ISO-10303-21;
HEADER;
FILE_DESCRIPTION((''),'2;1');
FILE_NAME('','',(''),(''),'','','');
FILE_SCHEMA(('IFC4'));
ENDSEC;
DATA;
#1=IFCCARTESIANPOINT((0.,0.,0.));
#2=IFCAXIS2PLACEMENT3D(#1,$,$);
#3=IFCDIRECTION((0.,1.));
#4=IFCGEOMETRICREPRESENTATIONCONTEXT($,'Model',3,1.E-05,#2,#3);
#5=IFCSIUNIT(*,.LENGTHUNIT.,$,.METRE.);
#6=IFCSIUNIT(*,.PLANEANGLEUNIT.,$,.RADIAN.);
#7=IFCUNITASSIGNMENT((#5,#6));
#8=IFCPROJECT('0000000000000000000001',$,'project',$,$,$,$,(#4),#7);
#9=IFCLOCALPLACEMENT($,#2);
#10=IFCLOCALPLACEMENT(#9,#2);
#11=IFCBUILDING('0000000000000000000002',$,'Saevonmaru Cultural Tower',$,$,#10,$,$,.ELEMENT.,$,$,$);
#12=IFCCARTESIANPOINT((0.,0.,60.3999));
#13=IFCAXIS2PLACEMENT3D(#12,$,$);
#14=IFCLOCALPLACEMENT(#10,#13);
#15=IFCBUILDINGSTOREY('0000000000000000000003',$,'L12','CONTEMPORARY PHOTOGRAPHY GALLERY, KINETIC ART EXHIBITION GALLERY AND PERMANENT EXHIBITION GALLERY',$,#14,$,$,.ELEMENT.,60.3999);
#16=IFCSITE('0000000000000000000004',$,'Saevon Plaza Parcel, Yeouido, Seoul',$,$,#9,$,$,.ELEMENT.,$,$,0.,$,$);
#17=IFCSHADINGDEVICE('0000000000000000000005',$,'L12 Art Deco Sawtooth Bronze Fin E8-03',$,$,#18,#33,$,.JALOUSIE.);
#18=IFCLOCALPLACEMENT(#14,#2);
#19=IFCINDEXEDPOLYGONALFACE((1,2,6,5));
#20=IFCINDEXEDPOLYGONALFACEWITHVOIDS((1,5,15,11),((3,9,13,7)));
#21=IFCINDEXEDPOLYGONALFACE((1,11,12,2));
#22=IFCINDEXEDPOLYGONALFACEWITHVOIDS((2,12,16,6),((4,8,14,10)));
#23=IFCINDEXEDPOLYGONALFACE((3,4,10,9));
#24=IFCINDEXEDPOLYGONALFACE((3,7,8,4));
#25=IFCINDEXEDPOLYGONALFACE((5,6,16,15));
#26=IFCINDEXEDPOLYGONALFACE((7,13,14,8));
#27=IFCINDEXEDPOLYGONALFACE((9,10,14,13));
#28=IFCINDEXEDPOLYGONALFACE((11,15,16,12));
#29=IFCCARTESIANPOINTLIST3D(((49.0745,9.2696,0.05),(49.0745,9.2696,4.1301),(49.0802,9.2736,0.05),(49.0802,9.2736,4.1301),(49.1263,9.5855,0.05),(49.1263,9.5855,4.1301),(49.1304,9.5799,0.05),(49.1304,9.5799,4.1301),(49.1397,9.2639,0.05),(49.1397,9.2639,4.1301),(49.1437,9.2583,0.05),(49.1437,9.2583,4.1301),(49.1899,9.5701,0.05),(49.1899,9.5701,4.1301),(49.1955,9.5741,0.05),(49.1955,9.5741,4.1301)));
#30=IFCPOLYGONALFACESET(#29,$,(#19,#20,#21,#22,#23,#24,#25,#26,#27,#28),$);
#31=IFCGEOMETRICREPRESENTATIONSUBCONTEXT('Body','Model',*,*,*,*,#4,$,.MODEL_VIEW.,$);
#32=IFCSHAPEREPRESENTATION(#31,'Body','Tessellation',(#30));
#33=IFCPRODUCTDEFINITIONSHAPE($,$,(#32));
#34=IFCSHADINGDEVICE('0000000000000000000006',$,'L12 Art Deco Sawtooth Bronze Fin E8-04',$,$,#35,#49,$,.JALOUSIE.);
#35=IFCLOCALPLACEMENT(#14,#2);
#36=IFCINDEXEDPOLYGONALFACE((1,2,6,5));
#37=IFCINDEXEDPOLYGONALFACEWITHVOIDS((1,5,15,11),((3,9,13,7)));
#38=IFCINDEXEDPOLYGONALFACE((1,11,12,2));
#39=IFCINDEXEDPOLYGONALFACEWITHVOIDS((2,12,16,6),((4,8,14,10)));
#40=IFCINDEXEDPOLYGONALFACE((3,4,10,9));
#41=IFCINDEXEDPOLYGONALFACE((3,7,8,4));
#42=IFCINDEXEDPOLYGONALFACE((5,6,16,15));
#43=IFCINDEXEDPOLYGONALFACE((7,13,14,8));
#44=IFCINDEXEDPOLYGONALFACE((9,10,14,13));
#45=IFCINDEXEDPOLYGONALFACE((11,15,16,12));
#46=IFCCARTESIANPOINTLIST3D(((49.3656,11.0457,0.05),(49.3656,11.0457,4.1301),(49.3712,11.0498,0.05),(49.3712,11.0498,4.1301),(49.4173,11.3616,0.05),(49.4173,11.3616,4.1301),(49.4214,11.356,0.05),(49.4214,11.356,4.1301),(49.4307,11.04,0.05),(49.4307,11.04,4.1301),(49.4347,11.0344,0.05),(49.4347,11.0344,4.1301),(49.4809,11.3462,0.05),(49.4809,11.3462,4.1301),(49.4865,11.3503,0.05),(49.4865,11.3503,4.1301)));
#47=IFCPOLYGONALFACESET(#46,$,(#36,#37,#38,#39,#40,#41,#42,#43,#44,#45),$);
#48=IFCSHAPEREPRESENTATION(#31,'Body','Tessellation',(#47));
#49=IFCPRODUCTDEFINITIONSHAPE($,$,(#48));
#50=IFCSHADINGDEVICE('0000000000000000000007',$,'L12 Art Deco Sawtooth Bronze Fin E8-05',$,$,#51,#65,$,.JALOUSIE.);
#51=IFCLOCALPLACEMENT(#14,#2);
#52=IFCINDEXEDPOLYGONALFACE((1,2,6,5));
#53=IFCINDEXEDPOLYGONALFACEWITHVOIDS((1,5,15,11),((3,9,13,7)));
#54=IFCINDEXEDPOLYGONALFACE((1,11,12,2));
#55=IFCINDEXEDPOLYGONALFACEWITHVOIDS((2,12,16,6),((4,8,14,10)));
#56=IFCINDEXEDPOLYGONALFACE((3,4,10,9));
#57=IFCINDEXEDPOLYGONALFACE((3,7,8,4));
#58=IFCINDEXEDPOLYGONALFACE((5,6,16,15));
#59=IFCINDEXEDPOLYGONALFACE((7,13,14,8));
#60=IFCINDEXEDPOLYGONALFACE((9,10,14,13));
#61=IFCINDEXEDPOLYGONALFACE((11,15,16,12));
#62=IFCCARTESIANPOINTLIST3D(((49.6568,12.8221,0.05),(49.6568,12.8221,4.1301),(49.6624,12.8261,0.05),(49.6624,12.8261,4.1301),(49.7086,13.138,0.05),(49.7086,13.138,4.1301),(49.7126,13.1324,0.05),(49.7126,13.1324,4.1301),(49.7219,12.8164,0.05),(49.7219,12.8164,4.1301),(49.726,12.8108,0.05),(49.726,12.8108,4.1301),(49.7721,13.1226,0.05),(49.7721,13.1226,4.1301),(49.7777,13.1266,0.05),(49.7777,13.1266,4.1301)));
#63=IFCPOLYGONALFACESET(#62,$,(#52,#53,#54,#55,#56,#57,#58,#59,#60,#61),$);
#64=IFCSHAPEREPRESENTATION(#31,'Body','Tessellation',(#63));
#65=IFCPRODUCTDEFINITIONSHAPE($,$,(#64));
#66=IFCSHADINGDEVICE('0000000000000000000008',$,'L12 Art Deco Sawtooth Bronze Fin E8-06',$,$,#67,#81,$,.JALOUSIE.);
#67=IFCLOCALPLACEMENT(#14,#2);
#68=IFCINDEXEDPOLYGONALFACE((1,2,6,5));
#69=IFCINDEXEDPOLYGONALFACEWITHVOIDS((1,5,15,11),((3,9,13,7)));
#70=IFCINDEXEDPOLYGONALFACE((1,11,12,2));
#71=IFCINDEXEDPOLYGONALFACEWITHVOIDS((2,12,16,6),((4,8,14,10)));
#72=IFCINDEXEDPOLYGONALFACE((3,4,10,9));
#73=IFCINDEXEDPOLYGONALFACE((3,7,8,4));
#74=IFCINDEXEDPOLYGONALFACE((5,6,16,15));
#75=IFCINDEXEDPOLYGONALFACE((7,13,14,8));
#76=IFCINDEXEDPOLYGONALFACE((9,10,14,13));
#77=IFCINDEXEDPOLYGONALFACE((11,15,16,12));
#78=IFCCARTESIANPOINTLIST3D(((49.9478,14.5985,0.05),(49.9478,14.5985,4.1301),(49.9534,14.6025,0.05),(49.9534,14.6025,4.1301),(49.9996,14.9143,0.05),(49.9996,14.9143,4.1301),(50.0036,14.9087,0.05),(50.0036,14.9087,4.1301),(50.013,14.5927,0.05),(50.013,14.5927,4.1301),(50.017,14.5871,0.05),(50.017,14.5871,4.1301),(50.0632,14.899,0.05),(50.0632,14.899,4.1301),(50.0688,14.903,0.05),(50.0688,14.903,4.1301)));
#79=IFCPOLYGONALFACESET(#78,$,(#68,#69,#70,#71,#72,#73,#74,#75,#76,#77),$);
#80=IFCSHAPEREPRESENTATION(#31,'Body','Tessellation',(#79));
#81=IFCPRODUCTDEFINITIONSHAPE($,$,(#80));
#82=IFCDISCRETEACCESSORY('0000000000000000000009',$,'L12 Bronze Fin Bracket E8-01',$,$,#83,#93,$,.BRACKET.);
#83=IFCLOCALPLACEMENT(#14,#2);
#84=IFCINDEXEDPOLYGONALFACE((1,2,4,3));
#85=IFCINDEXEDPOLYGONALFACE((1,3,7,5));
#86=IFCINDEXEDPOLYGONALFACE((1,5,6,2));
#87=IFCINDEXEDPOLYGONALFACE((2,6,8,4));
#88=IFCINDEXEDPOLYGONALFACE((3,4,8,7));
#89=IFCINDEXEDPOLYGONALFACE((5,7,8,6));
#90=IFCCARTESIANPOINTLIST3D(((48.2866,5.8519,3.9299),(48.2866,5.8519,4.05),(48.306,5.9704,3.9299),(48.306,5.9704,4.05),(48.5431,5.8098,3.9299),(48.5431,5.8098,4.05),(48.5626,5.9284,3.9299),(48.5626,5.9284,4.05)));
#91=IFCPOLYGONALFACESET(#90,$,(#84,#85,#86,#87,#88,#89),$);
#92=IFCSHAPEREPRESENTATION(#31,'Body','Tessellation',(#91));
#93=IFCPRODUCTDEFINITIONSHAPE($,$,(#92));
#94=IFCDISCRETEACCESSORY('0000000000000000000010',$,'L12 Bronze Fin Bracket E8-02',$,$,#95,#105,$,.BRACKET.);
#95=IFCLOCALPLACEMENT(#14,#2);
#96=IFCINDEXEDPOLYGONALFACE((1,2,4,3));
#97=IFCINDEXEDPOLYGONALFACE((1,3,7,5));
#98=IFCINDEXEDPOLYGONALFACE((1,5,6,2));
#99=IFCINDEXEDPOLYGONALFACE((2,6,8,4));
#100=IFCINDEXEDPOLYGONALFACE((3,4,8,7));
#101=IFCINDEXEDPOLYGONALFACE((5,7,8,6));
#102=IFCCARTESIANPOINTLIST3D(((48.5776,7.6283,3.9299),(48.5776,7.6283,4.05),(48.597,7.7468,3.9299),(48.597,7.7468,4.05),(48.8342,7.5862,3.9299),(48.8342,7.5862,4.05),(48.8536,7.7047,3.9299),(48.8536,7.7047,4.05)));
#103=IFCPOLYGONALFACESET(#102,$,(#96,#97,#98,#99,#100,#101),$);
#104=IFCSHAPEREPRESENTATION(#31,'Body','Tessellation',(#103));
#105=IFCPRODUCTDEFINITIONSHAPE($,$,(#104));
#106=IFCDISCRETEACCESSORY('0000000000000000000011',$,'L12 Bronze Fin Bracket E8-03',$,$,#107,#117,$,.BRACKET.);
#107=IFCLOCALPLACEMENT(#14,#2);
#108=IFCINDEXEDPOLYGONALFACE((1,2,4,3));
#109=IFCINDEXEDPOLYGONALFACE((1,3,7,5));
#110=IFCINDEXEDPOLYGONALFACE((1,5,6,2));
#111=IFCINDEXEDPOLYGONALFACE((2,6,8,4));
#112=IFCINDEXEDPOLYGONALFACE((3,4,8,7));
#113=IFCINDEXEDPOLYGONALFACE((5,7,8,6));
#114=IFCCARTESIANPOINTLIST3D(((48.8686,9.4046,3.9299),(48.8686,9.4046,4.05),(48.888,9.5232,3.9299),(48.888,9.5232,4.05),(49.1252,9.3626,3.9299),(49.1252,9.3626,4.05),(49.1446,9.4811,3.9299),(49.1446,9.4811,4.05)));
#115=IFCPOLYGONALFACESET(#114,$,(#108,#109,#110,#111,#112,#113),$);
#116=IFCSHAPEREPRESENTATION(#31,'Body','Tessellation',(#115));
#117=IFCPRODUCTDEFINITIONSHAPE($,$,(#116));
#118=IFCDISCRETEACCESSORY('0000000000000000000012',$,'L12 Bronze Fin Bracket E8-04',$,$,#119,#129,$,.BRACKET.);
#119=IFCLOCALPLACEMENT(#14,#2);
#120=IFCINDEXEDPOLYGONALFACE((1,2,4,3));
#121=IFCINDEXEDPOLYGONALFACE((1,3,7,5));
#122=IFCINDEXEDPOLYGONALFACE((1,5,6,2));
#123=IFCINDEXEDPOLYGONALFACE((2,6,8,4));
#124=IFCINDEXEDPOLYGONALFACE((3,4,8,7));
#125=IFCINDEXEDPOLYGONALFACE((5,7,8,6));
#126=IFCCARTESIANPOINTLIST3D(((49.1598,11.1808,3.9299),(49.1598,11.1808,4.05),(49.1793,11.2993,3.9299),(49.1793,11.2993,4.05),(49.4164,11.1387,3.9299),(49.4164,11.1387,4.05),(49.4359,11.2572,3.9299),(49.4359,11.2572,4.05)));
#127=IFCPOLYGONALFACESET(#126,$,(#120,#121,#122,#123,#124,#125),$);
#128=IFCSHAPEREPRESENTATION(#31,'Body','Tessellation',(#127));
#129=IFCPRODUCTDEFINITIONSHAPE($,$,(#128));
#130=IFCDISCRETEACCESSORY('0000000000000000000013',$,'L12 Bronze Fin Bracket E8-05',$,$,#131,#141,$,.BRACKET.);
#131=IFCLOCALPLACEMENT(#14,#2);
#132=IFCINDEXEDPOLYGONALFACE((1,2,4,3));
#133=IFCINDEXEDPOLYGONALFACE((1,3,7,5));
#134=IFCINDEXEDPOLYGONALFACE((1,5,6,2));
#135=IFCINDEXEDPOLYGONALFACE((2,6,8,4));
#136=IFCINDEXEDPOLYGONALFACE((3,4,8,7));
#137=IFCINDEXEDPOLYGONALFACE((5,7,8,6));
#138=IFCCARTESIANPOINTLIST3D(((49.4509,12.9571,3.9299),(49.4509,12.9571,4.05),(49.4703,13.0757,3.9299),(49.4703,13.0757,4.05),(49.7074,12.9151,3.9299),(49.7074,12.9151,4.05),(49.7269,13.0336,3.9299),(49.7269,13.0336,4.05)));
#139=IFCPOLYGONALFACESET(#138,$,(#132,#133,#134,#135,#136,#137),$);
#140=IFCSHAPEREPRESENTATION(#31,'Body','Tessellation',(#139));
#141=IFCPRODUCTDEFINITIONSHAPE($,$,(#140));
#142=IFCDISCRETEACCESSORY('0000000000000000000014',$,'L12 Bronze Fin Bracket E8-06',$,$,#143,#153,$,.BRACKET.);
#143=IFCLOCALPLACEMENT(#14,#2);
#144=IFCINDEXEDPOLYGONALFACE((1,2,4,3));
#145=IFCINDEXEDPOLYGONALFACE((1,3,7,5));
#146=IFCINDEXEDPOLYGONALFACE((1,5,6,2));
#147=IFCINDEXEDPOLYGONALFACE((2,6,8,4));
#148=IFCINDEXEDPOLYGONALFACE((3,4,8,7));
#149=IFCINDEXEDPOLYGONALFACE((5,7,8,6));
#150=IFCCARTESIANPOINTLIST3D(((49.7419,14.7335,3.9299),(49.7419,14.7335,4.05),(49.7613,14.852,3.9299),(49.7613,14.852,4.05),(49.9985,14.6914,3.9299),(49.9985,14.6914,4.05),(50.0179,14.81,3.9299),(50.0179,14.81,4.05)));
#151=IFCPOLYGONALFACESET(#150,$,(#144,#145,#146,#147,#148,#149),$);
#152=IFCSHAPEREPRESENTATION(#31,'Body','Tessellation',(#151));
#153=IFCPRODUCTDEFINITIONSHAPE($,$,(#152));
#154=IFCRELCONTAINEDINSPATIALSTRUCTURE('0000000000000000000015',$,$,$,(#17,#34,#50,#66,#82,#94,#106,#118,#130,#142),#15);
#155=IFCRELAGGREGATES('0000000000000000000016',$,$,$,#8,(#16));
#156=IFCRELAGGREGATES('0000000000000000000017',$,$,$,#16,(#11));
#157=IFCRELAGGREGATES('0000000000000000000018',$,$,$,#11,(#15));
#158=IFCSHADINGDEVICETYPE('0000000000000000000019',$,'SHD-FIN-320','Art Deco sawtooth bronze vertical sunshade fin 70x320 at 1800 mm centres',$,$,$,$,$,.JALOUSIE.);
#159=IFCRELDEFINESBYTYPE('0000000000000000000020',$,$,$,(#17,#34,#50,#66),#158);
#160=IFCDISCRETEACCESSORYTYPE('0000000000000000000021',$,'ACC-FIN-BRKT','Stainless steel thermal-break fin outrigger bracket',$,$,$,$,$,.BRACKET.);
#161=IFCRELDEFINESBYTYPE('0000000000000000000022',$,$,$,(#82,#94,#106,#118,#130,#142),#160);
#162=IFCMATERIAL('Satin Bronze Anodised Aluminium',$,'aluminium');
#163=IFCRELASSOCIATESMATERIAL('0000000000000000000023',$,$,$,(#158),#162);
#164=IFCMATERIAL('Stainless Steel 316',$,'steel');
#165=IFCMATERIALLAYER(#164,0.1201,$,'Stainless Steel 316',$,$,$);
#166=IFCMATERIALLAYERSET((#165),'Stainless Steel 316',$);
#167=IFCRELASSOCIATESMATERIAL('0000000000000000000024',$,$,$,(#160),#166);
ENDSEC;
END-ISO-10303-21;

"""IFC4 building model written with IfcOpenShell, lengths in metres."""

from ifc_helpers import new_model, si_unit, direction, frame, origin, origin_2d, place, context, subcontext, project, spatial, rectangle, hollow_rectangle, extrude, material, layer, layer_set, material_profile, profile_set, type_object, element, save


model = new_model("IFC4")

# Units and contexts
model_context = context("Model", 3, precision=1e-05, world=origin(), true_north=direction((0.0, 1.0)))
body_context = subcontext(model_context, "Body", "Model", "MODEL_VIEW")
ifc_project = project(units=[si_unit("LENGTHUNIT", "METRE"), si_unit("PLANEANGLEUNIT", "RADIAN")], contexts=[model_context])

# Site, building, storey
site_placement = place(None, origin())
site = spatial("IfcSite", under=ifc_project, at=site_placement, Name="Saevon Plaza Parcel, Yeouido, Seoul", CompositionType="ELEMENT", RefElevation=0.0)
building_placement = place(site_placement, origin())
building = spatial("IfcBuilding", under=site, at=building_placement, Name="Saevonmaru Cultural Tower", CompositionType="ELEMENT")
storey_placement = place(building_placement, frame((0.0, 0.0, 60.3999)))
storey = spatial("IfcBuildingStorey", under=building, at=storey_placement, Name="L12", Description="CONTEMPORARY PHOTOGRAPHY GALLERY, KINETIC ART EXHIBITION GALLERY AND PERMANENT EXHIBITION GALLERY", CompositionType="ELEMENT", Elevation=60.3999)

# Shared definitions
ifc_material_1 = material(Name="Satin Bronze Anodised Aluminium", Category="aluminium")

# Shading devices
ifc_material_profile_1 = material_profile(ifc_material_1, hollow_rectangle(XDim=0.0701, YDim=0.3201, WallThickness=0.0049, at=origin_2d()), Name="FIN-320x70")
ifc_profile_set_1 = profile_set([ifc_material_profile_1], Name="Satin Bronze Anodised Aluminium")
shading_device_type = type_object("IfcShadingDeviceType", Name="SHD-FIN-320", Description="Art Deco sawtooth bronze vertical sunshade fin 70x320 at 1800 mm centres", PredefinedType="JALOUSIE", material=ifc_profile_set_1)
for number, where, z_axis, x_axis, name in (
    (1, (49.135, 9.4219, 0.05), (0.0, 0.0, 1.0), (0.986827, -0.161776, 0.0), "L12 Art Deco Sawtooth Bronze Fin E8-03"),
    (2, (49.426, 11.198, 0.05), (0.0, 0.0, 1.0), (0.986827, -0.161776, 0.0), "L12 Art Deco Sawtooth Bronze Fin E8-04"),
    (3, (49.7173, 12.9744, 0.05), (0.0, 0.0, 1.0), (0.986827, -0.161776, 0.0), "L12 Art Deco Sawtooth Bronze Fin E8-05"),
    (4, (50.0083, 14.7507, 0.05), (0.0, 0.0, 1.0), (0.986827, -0.161776, 0.0), "L12 Art Deco Sawtooth Bronze Fin E8-06"),
):
    element("IfcShadingDevice", number, at=place(storey_placement, frame(where, z_axis=z_axis, x_axis=x_axis)), inside=storey, type_object=shading_device_type, Name=name, PredefinedType="JALOUSIE", context=body_context, shape_type="SweptSolid", body=[
        extrude(hollow_rectangle(XDim=0.0701, YDim=0.3201, WallThickness=0.0049, at=origin_2d()), origin(), (0.0, 0.0, 1.0), 4.0801),
    ])

# Discrete accessories
ifc_material_2 = material(Name="Stainless Steel 316", Category="steel")
ifc_layer_1 = layer(ifc_material_2, 0.1201, Name="Stainless Steel 316")
ifc_layer_set_1 = layer_set([ifc_layer_1], Name="Stainless Steel 316")
discrete_accessory_type = type_object("IfcDiscreteAccessoryType", Name="ACC-FIN-BRKT", Description="Stainless steel thermal-break fin outrigger bracket", PredefinedType="BRACKET", material=ifc_layer_set_1)
for number, where, z_axis, x_axis, name in (
    (5, (48.4246, 5.8901, 3.9299), (0.0, 0.0, 1.0), (0.986827, -0.161776, 0.0), "L12 Bronze Fin Bracket E8-01"),
    (6, (48.7156, 7.6665, 3.9299), (0.0, 0.0, 1.0), (0.986827, -0.161776, 0.0), "L12 Bronze Fin Bracket E8-02"),
    (7, (49.0066, 9.4429, 3.9299), (0.0, 0.0, 1.0), (0.986827, -0.161776, 0.0), "L12 Bronze Fin Bracket E8-03"),
    (8, (49.2979, 11.219, 3.9299), (0.0, 0.0, 1.0), (0.986827, -0.161776, 0.0), "L12 Bronze Fin Bracket E8-04"),
    (9, (49.5889, 12.9954, 3.9299), (0.0, 0.0, 1.0), (0.986827, -0.161776, 0.0), "L12 Bronze Fin Bracket E8-05"),
    (10, (49.8799, 14.7717, 3.9299), (0.0, 0.0, 1.0), (0.986827, -0.161776, 0.0), "L12 Bronze Fin Bracket E8-06"),
):
    element("IfcDiscreteAccessory", number, at=place(storey_placement, frame(where, z_axis=z_axis, x_axis=x_axis)), inside=storey, type_object=discrete_accessory_type, Name=name, PredefinedType="BRACKET", context=body_context, shape_type="SweptSolid", body=[
        extrude(rectangle(XDim=0.26, YDim=0.1201, at=origin_2d()), origin(), (0.0, 0.0, 1.0), 0.1201),
    ])

save(model, "model.ifc")
